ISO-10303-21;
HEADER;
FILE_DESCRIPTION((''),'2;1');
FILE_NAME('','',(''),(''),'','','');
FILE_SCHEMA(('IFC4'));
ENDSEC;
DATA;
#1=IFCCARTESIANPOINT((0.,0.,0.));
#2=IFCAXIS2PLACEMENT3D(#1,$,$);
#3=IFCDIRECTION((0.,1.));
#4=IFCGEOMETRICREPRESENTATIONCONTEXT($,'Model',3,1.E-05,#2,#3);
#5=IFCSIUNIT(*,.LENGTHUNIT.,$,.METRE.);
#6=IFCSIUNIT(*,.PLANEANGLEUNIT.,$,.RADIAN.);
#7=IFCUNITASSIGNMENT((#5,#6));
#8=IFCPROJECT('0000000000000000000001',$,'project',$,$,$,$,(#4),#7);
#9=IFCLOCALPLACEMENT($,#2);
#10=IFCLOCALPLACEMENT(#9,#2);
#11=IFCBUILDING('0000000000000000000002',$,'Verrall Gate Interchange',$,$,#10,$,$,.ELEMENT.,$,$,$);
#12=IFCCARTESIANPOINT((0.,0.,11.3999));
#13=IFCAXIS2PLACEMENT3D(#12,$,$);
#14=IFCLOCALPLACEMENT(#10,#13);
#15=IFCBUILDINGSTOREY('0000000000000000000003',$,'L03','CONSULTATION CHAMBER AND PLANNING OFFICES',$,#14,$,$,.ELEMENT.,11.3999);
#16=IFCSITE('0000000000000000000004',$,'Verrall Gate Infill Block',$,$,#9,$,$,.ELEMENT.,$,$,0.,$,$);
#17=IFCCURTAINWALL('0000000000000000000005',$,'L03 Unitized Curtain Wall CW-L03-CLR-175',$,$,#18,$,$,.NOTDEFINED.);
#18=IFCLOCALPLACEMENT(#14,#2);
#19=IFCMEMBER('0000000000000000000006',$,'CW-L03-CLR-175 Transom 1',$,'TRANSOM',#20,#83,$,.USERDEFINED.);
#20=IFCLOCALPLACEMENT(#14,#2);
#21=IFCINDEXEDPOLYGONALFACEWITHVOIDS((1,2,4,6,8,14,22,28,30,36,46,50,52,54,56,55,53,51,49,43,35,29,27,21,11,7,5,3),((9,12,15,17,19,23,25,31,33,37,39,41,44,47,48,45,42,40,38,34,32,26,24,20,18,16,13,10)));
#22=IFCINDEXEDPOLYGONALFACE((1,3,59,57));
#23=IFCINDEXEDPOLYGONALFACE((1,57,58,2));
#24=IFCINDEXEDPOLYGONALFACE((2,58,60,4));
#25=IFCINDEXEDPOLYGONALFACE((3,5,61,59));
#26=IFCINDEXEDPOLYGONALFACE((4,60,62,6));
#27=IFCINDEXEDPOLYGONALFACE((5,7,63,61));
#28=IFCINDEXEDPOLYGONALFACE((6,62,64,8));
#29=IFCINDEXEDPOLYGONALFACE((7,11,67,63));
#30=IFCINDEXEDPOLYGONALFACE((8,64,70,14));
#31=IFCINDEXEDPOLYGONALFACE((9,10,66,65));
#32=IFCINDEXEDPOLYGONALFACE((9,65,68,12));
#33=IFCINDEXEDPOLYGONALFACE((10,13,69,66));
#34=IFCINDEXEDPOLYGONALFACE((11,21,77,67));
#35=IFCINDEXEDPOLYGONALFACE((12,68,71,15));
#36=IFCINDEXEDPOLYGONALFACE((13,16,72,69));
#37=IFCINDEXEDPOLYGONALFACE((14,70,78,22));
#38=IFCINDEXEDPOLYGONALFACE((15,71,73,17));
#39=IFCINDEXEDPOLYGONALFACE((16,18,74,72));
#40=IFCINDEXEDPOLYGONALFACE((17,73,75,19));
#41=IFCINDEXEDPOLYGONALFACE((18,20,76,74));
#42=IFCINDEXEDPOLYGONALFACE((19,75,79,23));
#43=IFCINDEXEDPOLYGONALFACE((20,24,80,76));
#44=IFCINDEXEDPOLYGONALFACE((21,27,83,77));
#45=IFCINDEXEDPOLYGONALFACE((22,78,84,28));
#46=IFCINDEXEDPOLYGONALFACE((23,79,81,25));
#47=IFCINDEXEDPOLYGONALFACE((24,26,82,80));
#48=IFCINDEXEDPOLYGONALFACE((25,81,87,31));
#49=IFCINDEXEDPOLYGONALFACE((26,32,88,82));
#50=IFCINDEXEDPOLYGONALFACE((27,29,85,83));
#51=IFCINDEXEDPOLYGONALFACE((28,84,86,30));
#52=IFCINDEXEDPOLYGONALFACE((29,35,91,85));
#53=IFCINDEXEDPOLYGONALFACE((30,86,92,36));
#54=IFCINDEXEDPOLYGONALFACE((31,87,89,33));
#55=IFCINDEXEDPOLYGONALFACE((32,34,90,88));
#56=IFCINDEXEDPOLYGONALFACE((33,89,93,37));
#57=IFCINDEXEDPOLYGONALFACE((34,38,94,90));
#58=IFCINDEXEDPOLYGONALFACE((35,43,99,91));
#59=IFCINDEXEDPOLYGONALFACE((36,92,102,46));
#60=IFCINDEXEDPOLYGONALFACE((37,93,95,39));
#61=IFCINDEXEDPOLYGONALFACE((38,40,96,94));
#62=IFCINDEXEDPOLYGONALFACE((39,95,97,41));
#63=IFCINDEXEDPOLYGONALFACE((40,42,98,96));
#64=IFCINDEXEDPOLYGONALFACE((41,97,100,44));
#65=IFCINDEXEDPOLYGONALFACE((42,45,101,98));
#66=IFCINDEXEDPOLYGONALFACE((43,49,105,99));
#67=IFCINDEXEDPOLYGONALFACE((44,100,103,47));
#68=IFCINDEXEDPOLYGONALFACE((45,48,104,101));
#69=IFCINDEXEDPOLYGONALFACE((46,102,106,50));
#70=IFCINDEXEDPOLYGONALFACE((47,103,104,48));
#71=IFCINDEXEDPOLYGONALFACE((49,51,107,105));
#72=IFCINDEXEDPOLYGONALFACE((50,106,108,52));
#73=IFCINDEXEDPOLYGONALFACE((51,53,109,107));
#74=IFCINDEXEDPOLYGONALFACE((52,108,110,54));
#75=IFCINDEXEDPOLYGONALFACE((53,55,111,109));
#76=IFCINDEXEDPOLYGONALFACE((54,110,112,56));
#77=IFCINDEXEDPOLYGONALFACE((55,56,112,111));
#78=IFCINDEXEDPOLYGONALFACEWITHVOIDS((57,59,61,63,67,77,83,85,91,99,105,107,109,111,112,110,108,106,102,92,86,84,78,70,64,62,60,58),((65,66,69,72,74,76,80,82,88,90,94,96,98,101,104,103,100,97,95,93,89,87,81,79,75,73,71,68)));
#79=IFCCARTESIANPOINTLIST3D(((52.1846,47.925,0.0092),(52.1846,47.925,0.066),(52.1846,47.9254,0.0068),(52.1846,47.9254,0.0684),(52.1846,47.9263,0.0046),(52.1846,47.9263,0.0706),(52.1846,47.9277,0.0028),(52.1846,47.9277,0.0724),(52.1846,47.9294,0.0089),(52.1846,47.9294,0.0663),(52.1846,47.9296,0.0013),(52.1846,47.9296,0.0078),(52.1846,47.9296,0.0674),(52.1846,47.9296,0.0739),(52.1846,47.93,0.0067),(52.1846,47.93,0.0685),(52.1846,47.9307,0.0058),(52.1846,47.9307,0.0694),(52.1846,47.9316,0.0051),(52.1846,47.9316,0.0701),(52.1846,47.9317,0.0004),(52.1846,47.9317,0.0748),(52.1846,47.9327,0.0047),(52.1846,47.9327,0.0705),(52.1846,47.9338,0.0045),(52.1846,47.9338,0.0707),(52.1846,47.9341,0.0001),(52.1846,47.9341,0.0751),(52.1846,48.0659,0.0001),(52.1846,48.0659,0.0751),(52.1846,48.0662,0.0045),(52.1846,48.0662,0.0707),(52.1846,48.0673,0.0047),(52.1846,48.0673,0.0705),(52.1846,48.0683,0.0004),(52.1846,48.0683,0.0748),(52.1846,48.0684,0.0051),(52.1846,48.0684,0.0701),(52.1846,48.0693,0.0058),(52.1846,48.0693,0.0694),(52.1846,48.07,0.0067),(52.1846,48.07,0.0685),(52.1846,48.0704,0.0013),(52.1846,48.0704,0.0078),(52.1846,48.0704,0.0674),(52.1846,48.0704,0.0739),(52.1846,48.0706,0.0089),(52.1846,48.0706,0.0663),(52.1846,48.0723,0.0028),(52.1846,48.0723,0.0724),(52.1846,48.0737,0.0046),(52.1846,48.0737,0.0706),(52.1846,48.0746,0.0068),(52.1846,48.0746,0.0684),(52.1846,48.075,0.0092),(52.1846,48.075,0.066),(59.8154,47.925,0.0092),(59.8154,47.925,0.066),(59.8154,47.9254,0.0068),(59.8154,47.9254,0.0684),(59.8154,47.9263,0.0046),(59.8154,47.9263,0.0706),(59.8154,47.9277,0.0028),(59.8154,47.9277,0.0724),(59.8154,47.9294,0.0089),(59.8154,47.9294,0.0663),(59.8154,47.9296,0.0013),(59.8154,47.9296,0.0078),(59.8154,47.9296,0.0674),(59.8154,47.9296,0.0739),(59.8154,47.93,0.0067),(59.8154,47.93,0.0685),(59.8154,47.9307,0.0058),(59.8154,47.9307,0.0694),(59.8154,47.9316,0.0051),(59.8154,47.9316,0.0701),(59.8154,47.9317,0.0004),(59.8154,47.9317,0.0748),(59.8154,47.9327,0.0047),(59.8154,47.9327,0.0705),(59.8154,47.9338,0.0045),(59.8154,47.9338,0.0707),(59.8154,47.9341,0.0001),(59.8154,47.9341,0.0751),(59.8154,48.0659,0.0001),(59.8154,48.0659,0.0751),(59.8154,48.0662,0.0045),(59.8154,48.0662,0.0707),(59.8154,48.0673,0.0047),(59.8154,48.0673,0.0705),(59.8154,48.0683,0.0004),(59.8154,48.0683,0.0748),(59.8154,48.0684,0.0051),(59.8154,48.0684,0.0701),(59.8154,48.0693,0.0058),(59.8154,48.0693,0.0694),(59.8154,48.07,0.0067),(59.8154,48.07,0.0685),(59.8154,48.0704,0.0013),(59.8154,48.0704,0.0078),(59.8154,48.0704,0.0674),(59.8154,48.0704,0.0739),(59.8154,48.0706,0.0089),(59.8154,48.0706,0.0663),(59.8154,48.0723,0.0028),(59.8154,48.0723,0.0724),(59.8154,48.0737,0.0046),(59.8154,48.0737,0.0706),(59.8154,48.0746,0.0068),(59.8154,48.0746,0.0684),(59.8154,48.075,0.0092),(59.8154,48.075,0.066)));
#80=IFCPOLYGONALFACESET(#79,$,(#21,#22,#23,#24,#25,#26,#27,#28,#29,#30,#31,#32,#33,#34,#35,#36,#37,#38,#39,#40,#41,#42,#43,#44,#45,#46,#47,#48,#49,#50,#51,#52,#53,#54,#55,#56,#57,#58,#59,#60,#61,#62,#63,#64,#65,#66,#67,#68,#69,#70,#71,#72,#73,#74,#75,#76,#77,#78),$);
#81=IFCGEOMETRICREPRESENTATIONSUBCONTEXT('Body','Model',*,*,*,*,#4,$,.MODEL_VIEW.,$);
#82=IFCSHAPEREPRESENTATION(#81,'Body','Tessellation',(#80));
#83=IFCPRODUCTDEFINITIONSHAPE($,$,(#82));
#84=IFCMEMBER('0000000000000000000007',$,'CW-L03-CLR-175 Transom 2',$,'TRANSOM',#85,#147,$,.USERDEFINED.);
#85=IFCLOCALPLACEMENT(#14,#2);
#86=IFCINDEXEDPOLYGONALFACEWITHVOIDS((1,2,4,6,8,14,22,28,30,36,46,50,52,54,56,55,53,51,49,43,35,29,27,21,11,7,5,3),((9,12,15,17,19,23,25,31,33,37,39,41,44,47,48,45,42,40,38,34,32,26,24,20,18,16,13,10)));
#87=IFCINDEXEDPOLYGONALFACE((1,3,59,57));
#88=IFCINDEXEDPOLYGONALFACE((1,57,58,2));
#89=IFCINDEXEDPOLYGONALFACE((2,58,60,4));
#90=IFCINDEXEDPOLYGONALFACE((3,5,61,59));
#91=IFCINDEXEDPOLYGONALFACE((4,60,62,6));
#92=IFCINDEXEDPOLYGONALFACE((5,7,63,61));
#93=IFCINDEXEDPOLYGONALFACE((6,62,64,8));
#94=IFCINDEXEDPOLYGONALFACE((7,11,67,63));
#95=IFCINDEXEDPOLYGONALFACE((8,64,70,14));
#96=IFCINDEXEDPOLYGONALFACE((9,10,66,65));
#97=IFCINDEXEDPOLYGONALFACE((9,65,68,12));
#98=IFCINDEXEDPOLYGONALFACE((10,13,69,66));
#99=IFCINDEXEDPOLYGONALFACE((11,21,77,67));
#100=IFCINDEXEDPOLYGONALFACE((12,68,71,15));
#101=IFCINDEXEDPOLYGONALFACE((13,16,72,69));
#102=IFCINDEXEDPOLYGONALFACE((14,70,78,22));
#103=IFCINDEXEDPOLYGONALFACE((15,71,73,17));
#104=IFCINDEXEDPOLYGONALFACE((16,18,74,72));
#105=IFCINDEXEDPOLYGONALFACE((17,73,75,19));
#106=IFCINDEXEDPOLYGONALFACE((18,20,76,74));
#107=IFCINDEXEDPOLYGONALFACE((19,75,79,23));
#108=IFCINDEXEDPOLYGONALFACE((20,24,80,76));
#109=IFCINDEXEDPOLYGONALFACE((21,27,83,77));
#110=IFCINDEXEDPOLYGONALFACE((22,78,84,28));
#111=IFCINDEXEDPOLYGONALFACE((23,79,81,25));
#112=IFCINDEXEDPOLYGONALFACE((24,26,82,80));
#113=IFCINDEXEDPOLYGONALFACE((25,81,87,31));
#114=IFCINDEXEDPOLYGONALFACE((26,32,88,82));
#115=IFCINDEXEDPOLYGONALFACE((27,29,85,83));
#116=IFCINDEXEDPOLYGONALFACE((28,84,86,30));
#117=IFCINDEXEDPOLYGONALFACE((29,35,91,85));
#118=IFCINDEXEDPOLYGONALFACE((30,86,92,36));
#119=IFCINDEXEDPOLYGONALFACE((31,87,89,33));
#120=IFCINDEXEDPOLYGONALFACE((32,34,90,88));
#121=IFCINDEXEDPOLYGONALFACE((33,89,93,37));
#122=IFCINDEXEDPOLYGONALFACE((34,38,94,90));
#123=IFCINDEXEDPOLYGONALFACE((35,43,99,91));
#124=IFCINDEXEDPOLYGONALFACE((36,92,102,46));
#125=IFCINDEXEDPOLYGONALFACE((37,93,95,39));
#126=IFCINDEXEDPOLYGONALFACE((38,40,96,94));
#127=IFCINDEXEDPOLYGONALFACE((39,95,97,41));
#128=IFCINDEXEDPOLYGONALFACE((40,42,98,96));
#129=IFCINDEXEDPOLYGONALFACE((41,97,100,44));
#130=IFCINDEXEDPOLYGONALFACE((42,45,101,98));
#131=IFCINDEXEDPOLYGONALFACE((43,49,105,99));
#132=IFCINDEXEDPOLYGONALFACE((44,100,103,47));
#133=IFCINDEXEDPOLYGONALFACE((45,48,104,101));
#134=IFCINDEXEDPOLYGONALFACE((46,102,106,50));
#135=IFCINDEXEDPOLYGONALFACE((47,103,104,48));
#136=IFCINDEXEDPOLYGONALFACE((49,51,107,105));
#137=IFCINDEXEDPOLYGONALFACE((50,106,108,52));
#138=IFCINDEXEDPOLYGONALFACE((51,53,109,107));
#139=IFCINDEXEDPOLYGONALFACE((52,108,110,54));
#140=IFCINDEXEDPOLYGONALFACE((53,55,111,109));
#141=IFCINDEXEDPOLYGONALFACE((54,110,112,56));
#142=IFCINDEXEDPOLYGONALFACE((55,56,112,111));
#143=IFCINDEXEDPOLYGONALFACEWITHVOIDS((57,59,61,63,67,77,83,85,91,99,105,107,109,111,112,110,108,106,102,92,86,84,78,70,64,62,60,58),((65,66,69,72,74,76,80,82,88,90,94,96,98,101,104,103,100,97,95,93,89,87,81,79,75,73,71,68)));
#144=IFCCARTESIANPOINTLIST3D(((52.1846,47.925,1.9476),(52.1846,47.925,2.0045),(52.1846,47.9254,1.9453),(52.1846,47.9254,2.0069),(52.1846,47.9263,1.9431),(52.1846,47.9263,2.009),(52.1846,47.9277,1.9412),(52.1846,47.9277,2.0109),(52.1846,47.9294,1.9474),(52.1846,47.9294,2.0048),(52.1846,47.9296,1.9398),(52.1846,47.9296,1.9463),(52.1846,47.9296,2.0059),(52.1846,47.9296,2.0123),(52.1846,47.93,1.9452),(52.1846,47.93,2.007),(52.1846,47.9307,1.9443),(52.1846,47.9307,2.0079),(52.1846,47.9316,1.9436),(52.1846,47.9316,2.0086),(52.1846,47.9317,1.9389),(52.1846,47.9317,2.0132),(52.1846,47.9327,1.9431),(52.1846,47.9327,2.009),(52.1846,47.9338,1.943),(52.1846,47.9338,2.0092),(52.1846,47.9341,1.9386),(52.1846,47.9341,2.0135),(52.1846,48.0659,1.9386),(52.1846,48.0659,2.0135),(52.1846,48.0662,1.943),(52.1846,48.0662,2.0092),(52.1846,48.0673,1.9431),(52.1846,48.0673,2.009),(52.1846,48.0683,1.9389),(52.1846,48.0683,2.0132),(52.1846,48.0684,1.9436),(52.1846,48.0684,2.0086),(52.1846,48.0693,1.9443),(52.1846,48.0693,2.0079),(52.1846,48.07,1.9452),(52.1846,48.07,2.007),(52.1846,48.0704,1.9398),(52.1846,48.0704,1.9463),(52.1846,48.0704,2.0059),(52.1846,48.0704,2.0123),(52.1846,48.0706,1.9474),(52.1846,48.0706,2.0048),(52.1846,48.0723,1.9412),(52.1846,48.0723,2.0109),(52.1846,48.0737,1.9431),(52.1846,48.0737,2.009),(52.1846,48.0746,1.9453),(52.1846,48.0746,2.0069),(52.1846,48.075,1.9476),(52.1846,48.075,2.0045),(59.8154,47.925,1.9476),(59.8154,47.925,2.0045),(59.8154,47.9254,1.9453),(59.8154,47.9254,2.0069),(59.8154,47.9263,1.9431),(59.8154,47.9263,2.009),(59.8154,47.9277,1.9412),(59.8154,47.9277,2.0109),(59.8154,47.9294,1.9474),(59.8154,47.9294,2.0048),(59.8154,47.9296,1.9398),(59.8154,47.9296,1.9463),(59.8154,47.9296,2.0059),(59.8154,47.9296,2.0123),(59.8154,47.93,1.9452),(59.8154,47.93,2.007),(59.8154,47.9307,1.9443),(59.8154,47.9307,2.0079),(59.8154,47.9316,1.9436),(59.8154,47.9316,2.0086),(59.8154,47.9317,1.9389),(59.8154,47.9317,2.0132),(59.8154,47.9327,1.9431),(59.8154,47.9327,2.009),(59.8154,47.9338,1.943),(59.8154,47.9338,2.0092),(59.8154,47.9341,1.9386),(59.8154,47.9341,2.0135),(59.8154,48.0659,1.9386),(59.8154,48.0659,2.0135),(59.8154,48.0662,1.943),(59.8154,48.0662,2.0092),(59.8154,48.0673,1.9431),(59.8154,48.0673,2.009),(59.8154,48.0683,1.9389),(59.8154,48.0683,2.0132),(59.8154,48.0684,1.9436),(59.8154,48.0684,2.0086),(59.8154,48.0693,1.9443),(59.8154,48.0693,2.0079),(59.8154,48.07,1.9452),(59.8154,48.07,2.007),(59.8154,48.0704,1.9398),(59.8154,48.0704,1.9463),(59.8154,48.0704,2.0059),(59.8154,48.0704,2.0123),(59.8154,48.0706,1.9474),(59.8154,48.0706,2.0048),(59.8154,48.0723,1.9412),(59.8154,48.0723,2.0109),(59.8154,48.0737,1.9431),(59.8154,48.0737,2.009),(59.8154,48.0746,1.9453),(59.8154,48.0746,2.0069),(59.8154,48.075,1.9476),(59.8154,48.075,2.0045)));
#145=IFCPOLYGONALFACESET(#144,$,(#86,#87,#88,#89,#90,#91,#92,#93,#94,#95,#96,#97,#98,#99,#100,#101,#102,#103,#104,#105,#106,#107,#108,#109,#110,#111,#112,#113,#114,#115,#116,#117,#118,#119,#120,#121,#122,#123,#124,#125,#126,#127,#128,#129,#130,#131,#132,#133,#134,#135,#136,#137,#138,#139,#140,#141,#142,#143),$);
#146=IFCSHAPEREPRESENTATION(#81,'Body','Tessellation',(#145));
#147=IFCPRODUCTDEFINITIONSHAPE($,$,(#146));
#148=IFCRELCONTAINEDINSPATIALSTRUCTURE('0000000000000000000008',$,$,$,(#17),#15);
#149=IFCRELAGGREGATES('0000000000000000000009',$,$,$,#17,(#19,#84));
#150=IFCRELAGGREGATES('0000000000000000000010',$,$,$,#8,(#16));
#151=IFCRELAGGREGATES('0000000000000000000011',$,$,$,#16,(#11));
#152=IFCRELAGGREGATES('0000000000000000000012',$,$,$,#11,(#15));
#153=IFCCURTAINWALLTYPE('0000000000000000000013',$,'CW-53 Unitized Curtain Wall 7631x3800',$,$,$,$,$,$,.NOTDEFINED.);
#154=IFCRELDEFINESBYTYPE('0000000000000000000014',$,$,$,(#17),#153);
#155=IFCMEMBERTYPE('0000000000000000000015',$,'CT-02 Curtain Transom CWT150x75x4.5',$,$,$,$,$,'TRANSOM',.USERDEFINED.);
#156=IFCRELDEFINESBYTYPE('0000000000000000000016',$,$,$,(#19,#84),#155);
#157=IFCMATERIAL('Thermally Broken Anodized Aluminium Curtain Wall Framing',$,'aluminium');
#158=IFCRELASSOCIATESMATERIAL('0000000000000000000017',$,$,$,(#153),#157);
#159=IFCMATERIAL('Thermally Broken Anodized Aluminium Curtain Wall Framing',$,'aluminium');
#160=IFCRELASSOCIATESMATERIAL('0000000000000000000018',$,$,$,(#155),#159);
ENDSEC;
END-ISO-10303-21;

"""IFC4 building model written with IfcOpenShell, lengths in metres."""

from ifc_helpers import new_model, si_unit, direction, frame, origin, origin_2d, place, context, subcontext, project, spatial, hollow_rectangle, extrude, material, material_profile, profile_set, type_object, element, aggregate, save


model = new_model("IFC4")

# Units and contexts
model_context = context("Model", 3, precision=1e-05, world=origin(), true_north=direction((0.0, 1.0)))
body_context = subcontext(model_context, "Body", "Model", "MODEL_VIEW")
ifc_project = project(units=[si_unit("LENGTHUNIT", "METRE"), si_unit("PLANEANGLEUNIT", "RADIAN")], contexts=[model_context])

# Site, building, storey
site_placement = place(None, origin())
site = spatial("IfcSite", under=ifc_project, at=site_placement, Name="Verrall Gate Infill Block", CompositionType="ELEMENT", RefElevation=0.0)
building_placement = place(site_placement, origin())
building = spatial("IfcBuilding", under=site, at=building_placement, Name="Verrall Gate Interchange", CompositionType="ELEMENT")
storey_placement = place(building_placement, frame((0.0, 0.0, 11.3999)))
storey = spatial("IfcBuildingStorey", under=building, at=storey_placement, Name="L03", Description="CONSULTATION CHAMBER AND PLANNING OFFICES", CompositionType="ELEMENT", Elevation=11.3999)

# Curtain wall, members
ifc_material_1 = material(Name="Thermally Broken Anodized Aluminium Curtain Wall Framing", Category="aluminium")
curtain_wall_type = type_object("IfcCurtainWallType", Name="CW-53 Unitized Curtain Wall 7631x3800", PredefinedType="NOTDEFINED", material=ifc_material_1)
curtain_wall_placement = place(storey_placement, origin())
curtain_wall = element("IfcCurtainWall", 1, at=curtain_wall_placement, inside=storey, type_object=curtain_wall_type, Name="L03 Unitized Curtain Wall CW-L03-CLR-175", PredefinedType="NOTDEFINED")
ifc_material_2 = material(Name="Thermally Broken Anodized Aluminium Curtain Wall Framing", Category="aluminium")
ifc_material_profile_1 = material_profile(ifc_material_2, hollow_rectangle(XDim=0.1499, YDim=0.075, WallThickness=0.0044, InnerFilletRadius=0.0044, OuterFilletRadius=0.009, at=origin_2d()), Name="CWT150x75x4.5")
ifc_profile_set_1 = profile_set([ifc_material_profile_1], Name="Thermally Broken Anodized Aluminium Curtain Wall Framing")
member_type_1 = type_object("IfcMemberType", Name="CT-02 Curtain Transom CWT150x75x4.5", ElementType="TRANSOM", PredefinedType="USERDEFINED", material=ifc_profile_set_1)
member_1_placement = place(storey_placement, frame((52.1846, 48.0, 0.0376), z_axis=(1.0, 0.0, 0.0), x_axis=(0.0, 1.0, 0.0)))
member_1 = element("IfcMember", 2, at=member_1_placement, type_object=member_type_1, Name="CW-L03-CLR-175 Transom 1", ObjectType="TRANSOM", PredefinedType="USERDEFINED", context=body_context, shape_type="SweptSolid", body=[
    extrude(hollow_rectangle(XDim=0.1499, YDim=0.075, WallThickness=0.0044, InnerFilletRadius=0.0044, OuterFilletRadius=0.009, at=origin_2d()), origin(), (0.0, 0.0, 1.0), 7.6309),
])
member_2_placement = place(storey_placement, frame((52.1846, 48.0, 1.9761), z_axis=(1.0, 0.0, 0.0), x_axis=(0.0, 1.0, 0.0)))
member_2 = element("IfcMember", 3, at=member_2_placement, type_object=member_type_1, Name="CW-L03-CLR-175 Transom 2", ObjectType="TRANSOM", PredefinedType="USERDEFINED", context=body_context, shape_type="SweptSolid", body=[
    extrude(hollow_rectangle(XDim=0.1499, YDim=0.075, WallThickness=0.0044, InnerFilletRadius=0.0044, OuterFilletRadius=0.009, at=origin_2d()), origin(), (0.0, 0.0, 1.0), 7.6309),
])

aggregate(curtain_wall, [member_1, member_2])

save(model, "model.ifc")
